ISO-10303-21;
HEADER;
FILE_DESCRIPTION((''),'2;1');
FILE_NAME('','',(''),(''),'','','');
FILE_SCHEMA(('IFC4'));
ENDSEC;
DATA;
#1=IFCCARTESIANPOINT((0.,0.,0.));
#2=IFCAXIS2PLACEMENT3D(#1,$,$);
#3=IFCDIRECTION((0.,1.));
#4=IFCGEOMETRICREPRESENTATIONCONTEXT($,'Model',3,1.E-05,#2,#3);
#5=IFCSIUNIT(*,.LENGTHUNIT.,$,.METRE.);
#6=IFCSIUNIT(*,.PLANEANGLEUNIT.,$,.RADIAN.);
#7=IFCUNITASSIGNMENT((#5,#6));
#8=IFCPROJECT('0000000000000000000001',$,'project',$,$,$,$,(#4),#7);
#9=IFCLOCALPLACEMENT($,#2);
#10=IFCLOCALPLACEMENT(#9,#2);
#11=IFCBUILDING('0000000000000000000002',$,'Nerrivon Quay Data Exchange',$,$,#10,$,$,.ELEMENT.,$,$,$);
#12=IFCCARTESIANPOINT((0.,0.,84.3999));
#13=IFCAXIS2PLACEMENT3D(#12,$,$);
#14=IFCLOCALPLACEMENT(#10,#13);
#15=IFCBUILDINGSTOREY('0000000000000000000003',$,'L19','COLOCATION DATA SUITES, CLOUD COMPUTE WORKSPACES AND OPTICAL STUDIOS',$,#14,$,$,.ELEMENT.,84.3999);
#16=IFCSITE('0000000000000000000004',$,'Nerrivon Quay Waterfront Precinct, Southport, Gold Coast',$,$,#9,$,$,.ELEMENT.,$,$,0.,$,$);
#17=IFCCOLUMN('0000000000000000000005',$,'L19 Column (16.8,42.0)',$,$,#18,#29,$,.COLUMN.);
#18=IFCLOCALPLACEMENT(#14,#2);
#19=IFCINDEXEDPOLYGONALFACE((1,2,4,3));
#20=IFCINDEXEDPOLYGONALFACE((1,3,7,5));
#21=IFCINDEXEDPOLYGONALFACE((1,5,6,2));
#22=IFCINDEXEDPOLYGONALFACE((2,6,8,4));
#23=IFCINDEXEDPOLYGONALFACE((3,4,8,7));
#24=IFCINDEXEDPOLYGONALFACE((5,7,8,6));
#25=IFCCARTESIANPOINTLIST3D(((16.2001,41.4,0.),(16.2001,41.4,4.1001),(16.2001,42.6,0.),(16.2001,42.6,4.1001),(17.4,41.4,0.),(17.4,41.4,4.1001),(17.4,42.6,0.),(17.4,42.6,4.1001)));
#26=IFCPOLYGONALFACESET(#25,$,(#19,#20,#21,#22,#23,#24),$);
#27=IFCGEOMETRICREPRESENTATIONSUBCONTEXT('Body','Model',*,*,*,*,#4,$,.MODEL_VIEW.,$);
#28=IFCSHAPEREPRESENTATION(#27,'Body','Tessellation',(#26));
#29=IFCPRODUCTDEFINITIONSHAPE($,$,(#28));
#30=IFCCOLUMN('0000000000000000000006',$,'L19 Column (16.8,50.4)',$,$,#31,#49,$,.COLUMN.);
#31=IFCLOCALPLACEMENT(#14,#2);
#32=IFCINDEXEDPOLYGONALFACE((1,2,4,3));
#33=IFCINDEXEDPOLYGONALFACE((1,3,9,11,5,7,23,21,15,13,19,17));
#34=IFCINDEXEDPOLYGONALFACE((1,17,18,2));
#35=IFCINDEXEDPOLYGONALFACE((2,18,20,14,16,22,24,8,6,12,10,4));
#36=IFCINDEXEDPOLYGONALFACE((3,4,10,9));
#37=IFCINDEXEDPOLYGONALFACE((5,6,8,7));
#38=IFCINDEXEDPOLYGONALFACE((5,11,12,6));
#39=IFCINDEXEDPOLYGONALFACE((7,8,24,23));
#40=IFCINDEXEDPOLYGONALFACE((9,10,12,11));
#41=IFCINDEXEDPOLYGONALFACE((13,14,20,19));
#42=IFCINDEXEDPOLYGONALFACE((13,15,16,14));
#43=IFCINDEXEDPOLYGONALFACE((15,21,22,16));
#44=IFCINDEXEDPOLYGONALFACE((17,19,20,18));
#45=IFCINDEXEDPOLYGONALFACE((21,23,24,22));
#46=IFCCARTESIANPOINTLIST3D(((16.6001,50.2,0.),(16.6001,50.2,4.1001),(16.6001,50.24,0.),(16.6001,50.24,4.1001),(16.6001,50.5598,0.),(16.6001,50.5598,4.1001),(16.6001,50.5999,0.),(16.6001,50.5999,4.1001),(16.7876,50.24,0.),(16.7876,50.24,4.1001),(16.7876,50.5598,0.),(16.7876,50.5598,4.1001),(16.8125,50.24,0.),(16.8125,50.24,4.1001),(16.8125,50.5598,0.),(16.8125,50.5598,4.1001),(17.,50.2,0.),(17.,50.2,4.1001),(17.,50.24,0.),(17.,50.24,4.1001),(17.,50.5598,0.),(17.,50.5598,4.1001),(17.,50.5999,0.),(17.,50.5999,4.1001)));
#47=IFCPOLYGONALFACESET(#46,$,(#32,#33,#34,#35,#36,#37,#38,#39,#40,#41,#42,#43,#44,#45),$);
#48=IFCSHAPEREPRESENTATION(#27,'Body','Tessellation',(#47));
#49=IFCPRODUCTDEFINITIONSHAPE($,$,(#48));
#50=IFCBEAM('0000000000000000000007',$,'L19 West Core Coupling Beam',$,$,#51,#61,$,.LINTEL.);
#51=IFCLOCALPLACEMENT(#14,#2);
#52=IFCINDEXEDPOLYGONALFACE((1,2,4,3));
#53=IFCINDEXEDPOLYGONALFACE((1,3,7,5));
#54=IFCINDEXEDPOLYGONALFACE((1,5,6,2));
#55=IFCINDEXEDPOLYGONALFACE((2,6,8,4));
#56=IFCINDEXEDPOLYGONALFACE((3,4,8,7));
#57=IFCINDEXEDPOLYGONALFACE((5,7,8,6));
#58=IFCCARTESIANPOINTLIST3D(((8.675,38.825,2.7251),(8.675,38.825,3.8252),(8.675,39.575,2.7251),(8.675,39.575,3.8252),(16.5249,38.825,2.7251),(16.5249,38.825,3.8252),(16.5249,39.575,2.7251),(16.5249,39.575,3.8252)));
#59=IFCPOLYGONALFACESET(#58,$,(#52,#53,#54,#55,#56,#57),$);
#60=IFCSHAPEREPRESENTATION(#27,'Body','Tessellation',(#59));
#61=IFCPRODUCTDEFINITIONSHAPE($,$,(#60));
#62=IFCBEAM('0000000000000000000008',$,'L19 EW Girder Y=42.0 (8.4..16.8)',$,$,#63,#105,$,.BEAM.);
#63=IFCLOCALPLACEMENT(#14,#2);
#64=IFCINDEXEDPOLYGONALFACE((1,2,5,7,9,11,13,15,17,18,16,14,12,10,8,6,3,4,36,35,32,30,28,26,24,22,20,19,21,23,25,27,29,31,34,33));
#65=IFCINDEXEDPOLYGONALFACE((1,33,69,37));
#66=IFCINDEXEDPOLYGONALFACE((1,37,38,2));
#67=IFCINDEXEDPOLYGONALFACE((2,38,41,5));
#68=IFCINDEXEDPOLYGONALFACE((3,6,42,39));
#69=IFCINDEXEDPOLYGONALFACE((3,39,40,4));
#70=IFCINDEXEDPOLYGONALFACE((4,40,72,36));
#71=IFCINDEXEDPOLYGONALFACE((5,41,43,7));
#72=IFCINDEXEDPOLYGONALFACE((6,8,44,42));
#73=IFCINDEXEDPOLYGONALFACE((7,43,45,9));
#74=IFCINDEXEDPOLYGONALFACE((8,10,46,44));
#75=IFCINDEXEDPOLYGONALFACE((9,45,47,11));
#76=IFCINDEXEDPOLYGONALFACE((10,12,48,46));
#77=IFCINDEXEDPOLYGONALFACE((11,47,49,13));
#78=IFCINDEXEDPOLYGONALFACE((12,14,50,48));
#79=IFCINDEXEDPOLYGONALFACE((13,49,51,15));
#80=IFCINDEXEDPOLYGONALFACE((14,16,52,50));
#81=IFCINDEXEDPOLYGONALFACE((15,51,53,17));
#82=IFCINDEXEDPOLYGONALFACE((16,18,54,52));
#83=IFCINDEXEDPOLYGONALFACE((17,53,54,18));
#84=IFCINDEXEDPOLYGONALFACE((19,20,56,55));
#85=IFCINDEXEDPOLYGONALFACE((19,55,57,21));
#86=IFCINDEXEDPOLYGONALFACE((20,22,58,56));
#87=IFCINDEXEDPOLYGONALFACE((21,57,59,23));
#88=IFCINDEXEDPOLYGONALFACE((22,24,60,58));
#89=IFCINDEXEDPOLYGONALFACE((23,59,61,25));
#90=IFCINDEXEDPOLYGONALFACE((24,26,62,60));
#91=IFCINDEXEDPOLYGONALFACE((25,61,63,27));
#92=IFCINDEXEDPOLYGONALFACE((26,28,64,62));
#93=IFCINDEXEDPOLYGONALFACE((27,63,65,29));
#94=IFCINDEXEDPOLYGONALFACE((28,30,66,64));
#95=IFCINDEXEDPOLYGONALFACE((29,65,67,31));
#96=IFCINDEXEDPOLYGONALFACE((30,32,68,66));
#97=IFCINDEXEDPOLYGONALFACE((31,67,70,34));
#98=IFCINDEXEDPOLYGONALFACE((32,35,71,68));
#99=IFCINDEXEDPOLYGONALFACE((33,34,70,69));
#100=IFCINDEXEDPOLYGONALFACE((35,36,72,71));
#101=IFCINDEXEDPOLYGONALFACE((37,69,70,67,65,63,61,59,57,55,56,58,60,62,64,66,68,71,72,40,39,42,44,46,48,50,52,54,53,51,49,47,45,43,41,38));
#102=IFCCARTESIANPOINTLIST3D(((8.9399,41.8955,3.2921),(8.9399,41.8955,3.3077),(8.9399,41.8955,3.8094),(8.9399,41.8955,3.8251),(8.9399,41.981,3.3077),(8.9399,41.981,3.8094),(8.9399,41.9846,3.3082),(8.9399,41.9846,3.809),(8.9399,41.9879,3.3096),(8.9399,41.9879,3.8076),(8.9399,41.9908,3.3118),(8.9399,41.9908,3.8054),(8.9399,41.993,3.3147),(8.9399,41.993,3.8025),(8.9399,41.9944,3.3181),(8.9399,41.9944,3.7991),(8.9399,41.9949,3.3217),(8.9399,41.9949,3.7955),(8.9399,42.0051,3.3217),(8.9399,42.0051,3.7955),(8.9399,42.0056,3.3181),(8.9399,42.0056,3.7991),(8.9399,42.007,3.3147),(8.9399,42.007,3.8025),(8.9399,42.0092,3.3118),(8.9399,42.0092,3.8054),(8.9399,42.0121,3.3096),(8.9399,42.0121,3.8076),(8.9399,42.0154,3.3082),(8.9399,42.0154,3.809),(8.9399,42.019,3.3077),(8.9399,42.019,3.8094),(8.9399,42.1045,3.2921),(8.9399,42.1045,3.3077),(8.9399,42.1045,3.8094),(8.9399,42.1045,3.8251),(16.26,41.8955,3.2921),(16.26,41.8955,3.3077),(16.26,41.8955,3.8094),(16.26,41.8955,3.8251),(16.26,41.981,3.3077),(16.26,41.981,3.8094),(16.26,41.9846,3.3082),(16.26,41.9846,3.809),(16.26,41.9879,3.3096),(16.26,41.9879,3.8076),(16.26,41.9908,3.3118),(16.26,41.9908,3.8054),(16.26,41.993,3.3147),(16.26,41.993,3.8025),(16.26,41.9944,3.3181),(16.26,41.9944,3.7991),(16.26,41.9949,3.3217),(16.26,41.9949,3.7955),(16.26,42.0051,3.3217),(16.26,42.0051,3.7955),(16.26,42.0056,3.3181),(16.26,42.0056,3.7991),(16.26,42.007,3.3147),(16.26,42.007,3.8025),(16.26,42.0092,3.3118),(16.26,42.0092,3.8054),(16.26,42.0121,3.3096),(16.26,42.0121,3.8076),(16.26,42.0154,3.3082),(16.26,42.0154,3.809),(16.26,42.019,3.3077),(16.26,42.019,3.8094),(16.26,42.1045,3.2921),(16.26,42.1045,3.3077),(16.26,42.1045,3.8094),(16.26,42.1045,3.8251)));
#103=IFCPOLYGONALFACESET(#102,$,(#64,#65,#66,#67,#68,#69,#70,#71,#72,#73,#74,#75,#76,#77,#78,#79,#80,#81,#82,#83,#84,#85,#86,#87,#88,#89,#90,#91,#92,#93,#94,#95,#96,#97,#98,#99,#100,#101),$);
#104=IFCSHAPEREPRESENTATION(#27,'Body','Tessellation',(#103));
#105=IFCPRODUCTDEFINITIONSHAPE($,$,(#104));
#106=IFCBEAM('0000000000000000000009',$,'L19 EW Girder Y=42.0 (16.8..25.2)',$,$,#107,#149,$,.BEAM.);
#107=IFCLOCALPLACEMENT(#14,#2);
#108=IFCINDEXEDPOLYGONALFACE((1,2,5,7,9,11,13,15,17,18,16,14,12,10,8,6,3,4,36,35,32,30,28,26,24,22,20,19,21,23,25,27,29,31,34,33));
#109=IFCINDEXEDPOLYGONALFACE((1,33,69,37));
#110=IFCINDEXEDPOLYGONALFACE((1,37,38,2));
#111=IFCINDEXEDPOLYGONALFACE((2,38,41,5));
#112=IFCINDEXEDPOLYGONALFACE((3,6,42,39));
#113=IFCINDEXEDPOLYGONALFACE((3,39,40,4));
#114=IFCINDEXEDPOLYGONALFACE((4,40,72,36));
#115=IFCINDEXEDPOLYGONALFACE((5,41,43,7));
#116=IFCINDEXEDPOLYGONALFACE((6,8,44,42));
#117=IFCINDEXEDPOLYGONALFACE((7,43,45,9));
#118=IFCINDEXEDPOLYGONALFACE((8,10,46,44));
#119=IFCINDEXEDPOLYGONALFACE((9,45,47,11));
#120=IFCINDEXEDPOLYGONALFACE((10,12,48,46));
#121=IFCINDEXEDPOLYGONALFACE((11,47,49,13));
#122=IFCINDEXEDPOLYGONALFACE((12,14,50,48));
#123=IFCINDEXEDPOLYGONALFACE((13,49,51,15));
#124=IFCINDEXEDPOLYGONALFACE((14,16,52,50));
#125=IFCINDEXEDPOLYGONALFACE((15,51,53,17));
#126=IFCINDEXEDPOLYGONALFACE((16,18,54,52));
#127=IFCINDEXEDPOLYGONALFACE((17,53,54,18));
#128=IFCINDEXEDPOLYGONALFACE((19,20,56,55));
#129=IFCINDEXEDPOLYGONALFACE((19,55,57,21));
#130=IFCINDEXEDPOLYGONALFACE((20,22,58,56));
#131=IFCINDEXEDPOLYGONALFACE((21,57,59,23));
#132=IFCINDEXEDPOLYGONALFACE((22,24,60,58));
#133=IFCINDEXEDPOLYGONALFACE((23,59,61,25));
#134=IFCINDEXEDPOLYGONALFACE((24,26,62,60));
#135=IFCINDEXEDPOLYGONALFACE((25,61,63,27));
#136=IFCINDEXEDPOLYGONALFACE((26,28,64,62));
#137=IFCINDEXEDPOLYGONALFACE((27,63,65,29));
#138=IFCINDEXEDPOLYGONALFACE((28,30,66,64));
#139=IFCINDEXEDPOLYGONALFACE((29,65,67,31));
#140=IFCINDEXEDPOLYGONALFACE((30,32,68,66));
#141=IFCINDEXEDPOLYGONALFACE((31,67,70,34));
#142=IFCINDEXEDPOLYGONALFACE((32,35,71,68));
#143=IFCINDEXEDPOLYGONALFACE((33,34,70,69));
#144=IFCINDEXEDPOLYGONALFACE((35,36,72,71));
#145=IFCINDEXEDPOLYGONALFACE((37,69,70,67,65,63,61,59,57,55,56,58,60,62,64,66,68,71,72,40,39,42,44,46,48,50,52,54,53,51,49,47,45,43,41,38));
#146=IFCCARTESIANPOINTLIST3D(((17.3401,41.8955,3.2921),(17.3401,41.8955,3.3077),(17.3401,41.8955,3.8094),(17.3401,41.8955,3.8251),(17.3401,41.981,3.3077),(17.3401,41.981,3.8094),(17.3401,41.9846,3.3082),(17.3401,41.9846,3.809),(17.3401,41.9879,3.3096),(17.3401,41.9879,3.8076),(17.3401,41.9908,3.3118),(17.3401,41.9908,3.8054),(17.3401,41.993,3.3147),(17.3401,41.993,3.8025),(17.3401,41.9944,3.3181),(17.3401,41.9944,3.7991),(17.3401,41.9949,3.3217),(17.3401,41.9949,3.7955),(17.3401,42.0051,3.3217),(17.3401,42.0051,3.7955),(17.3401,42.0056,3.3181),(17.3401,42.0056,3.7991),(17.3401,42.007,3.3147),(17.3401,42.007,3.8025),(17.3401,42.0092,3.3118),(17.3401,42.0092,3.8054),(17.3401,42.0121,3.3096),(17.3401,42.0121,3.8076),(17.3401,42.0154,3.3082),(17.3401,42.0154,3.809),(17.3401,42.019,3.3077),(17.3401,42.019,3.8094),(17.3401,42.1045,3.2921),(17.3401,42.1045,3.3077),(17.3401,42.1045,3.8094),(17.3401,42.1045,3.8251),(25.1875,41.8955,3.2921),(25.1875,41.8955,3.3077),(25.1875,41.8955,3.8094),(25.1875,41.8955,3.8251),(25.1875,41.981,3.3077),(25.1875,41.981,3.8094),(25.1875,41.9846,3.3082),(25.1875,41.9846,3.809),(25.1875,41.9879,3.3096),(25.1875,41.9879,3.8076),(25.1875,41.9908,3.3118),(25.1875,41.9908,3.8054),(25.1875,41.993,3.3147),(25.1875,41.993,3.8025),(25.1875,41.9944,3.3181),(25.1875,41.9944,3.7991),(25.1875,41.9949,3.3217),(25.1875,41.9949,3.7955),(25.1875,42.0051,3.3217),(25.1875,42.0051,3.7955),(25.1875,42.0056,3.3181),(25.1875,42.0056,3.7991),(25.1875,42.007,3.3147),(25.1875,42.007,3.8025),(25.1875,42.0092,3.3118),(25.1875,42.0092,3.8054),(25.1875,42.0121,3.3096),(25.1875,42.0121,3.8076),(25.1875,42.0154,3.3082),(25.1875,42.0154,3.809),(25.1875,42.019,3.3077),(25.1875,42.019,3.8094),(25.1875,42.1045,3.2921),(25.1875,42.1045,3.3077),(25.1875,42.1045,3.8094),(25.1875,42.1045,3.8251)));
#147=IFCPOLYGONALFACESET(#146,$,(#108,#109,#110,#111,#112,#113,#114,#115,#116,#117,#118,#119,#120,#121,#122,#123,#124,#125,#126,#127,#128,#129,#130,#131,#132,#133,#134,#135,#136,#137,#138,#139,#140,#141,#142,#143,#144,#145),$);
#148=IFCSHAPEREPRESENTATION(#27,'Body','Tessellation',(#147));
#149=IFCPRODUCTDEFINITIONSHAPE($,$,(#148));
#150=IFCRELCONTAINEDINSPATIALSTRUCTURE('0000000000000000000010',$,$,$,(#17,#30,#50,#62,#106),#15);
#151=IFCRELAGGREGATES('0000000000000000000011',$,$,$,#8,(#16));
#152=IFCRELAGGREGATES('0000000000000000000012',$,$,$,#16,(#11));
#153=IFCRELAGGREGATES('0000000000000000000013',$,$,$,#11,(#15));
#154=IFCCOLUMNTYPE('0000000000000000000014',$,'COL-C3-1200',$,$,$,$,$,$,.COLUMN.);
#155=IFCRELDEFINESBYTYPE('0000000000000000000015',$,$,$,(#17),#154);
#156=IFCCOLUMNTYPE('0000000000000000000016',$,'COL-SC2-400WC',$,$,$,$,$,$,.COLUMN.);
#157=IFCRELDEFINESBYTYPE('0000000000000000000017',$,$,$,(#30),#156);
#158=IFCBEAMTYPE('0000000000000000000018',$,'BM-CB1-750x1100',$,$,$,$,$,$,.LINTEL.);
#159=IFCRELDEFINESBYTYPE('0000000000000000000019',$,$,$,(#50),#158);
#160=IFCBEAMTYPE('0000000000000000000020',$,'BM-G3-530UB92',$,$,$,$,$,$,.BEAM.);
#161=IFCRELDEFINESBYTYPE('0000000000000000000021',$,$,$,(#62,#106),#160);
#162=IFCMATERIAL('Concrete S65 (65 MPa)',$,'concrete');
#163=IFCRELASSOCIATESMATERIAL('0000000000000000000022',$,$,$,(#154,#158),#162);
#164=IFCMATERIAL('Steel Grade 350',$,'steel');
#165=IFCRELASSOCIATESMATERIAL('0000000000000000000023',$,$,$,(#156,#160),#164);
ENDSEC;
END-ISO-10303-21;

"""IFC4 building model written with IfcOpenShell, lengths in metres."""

from ifc_helpers import new_model, si_unit, direction, frame, origin, origin_2d, place, context, subcontext, project, spatial, rectangle, i_section, extrude, material, material_profile, profile_set, type_object, element, save


model = new_model("IFC4")

# Units and contexts
model_context = context("Model", 3, precision=1e-05, world=origin(), true_north=direction((0.0, 1.0)))
body_context = subcontext(model_context, "Body", "Model", "MODEL_VIEW")
ifc_project = project(units=[si_unit("LENGTHUNIT", "METRE"), si_unit("PLANEANGLEUNIT", "RADIAN")], contexts=[model_context])

# Site, building, storey
site_placement = place(None, origin())
site = spatial("IfcSite", under=ifc_project, at=site_placement, Name="Nerrivon Quay Waterfront Precinct, Southport, Gold Coast", CompositionType="ELEMENT", RefElevation=0.0)
building_placement = place(site_placement, origin())
building = spatial("IfcBuilding", under=site, at=building_placement, Name="Nerrivon Quay Data Exchange", CompositionType="ELEMENT")
storey_placement = place(building_placement, frame((0.0, 0.0, 84.3999)))
storey = spatial("IfcBuildingStorey", under=building, at=storey_placement, Name="L19", Description="COLOCATION DATA SUITES, CLOUD COMPUTE WORKSPACES AND OPTICAL STUDIOS", CompositionType="ELEMENT", Elevation=84.3999)

# Columns
ifc_material_1 = material(Name="Concrete S65 (65 MPa)", Category="concrete")
ifc_material_profile_1 = material_profile(ifc_material_1, rectangle(XDim=1.2, YDim=1.2, at=origin_2d()), Name="RC-COL-1200x1200")
ifc_profile_set_1 = profile_set([ifc_material_profile_1], Name="Concrete S65 (65 MPa)")
column_type_1 = type_object("IfcColumnType", Name="COL-C3-1200", PredefinedType="COLUMN", material=ifc_profile_set_1)
column_1_placement = place(storey_placement, frame((16.8, 42.0, 0.0), z_axis=(0.0, 0.0, 1.0), x_axis=(1.0, 0.0, 0.0)))
element("IfcColumn", 1, at=column_1_placement, inside=storey, type_object=column_type_1, Name="L19 Column (16.8,42.0)", PredefinedType="COLUMN", context=body_context, shape_type="SweptSolid", body=[
    extrude(rectangle(XDim=1.2, YDim=1.2, at=origin_2d()), origin(), (0.0, 0.0, 1.0), 4.1001),
])
ifc_material_2 = material(Name="Steel Grade 350", Category="steel")
ifc_material_profile_2 = material_profile(ifc_material_2, i_section(OverallWidth=0.3999, OverallDepth=0.3999, WebThickness=0.0249, FlangeThickness=0.04, at=origin_2d()), Name="400WC328")
ifc_profile_set_2 = profile_set([ifc_material_profile_2], Name="Steel Grade 350")
column_type_2 = type_object("IfcColumnType", Name="COL-SC2-400WC", PredefinedType="COLUMN", material=ifc_profile_set_2)
column_2_placement = place(storey_placement, frame((16.8, 50.3999, 0.0), z_axis=(0.0, 0.0, 1.0), x_axis=(1.0, 0.0, 0.0)))
element("IfcColumn", 2, at=column_2_placement, inside=storey, type_object=column_type_2, Name="L19 Column (16.8,50.4)", PredefinedType="COLUMN", context=body_context, shape_type="SweptSolid", body=[
    extrude(i_section(OverallWidth=0.3999, OverallDepth=0.3999, WebThickness=0.0249, FlangeThickness=0.04, at=origin_2d()), origin(), (0.0, 0.0, 1.0), 4.1001),
])

# Beams
ifc_material_profile_3 = material_profile(ifc_material_1, rectangle(XDim=0.75, YDim=1.1001, at=origin_2d()), Name="RC-CB-750x1100")
ifc_profile_set_3 = profile_set([ifc_material_profile_3], Name="Concrete S65 (65 MPa)")
beam_type_1 = type_object("IfcBeamType", Name="BM-CB1-750x1100", PredefinedType="LINTEL", material=ifc_profile_set_3)
beam_1_placement = place(storey_placement, frame((8.675, 39.2, 3.2751), z_axis=(1.0, 0.0, 0.0), x_axis=(0.0, 1.0, 0.0)))
element("IfcBeam", 3, at=beam_1_placement, inside=storey, type_object=beam_type_1, Name="L19 West Core Coupling Beam", PredefinedType="LINTEL", context=body_context, shape_type="SweptSolid", body=[
    extrude(rectangle(XDim=0.75, YDim=1.1001, at=origin_2d()), origin(), (0.0, 0.0, 1.0), 7.8499),
])
ifc_material_profile_4 = material_profile(ifc_material_2, i_section(OverallWidth=0.209, OverallDepth=0.533, WebThickness=0.0103, FlangeThickness=0.0156, FilletRadius=0.0139, at=origin_2d()), Name="530UB92.4")
ifc_profile_set_4 = profile_set([ifc_material_profile_4], Name="Steel Grade 350")
beam_type_2 = type_object("IfcBeamType", Name="BM-G3-530UB92", PredefinedType="BEAM", material=ifc_profile_set_4)
beam_2_placement = place(storey_placement, frame((8.9399, 42.0, 3.5586), z_axis=(1.0, 0.0, 0.0), x_axis=(0.0, 1.0, 0.0)))
element("IfcBeam", 4, at=beam_2_placement, inside=storey, type_object=beam_type_2, Name="L19 EW Girder Y=42.0 (8.4..16.8)", PredefinedType="BEAM", context=body_context, shape_type="SweptSolid", body=[
    extrude(i_section(OverallWidth=0.209, OverallDepth=0.533, WebThickness=0.0103, FlangeThickness=0.0156, FilletRadius=0.0139, at=origin_2d()), origin(), (0.0, 0.0, 1.0), 7.3201),
])
beam_3_placement = place(storey_placement, frame((17.3401, 42.0, 3.5586), z_axis=(1.0, 0.0, 0.0), x_axis=(0.0, 1.0, 0.0)))
element("IfcBeam", 5, at=beam_3_placement, inside=storey, type_object=beam_type_2, Name="L19 EW Girder Y=42.0 (16.8..25.2)", PredefinedType="BEAM", context=body_context, shape_type="SweptSolid", body=[
    extrude(i_section(OverallWidth=0.209, OverallDepth=0.533, WebThickness=0.0103, FlangeThickness=0.0156, FilletRadius=0.0139, at=origin_2d()), origin(), (0.0, 0.0, 1.0), 7.8474),
])

save(model, "model.ifc")
